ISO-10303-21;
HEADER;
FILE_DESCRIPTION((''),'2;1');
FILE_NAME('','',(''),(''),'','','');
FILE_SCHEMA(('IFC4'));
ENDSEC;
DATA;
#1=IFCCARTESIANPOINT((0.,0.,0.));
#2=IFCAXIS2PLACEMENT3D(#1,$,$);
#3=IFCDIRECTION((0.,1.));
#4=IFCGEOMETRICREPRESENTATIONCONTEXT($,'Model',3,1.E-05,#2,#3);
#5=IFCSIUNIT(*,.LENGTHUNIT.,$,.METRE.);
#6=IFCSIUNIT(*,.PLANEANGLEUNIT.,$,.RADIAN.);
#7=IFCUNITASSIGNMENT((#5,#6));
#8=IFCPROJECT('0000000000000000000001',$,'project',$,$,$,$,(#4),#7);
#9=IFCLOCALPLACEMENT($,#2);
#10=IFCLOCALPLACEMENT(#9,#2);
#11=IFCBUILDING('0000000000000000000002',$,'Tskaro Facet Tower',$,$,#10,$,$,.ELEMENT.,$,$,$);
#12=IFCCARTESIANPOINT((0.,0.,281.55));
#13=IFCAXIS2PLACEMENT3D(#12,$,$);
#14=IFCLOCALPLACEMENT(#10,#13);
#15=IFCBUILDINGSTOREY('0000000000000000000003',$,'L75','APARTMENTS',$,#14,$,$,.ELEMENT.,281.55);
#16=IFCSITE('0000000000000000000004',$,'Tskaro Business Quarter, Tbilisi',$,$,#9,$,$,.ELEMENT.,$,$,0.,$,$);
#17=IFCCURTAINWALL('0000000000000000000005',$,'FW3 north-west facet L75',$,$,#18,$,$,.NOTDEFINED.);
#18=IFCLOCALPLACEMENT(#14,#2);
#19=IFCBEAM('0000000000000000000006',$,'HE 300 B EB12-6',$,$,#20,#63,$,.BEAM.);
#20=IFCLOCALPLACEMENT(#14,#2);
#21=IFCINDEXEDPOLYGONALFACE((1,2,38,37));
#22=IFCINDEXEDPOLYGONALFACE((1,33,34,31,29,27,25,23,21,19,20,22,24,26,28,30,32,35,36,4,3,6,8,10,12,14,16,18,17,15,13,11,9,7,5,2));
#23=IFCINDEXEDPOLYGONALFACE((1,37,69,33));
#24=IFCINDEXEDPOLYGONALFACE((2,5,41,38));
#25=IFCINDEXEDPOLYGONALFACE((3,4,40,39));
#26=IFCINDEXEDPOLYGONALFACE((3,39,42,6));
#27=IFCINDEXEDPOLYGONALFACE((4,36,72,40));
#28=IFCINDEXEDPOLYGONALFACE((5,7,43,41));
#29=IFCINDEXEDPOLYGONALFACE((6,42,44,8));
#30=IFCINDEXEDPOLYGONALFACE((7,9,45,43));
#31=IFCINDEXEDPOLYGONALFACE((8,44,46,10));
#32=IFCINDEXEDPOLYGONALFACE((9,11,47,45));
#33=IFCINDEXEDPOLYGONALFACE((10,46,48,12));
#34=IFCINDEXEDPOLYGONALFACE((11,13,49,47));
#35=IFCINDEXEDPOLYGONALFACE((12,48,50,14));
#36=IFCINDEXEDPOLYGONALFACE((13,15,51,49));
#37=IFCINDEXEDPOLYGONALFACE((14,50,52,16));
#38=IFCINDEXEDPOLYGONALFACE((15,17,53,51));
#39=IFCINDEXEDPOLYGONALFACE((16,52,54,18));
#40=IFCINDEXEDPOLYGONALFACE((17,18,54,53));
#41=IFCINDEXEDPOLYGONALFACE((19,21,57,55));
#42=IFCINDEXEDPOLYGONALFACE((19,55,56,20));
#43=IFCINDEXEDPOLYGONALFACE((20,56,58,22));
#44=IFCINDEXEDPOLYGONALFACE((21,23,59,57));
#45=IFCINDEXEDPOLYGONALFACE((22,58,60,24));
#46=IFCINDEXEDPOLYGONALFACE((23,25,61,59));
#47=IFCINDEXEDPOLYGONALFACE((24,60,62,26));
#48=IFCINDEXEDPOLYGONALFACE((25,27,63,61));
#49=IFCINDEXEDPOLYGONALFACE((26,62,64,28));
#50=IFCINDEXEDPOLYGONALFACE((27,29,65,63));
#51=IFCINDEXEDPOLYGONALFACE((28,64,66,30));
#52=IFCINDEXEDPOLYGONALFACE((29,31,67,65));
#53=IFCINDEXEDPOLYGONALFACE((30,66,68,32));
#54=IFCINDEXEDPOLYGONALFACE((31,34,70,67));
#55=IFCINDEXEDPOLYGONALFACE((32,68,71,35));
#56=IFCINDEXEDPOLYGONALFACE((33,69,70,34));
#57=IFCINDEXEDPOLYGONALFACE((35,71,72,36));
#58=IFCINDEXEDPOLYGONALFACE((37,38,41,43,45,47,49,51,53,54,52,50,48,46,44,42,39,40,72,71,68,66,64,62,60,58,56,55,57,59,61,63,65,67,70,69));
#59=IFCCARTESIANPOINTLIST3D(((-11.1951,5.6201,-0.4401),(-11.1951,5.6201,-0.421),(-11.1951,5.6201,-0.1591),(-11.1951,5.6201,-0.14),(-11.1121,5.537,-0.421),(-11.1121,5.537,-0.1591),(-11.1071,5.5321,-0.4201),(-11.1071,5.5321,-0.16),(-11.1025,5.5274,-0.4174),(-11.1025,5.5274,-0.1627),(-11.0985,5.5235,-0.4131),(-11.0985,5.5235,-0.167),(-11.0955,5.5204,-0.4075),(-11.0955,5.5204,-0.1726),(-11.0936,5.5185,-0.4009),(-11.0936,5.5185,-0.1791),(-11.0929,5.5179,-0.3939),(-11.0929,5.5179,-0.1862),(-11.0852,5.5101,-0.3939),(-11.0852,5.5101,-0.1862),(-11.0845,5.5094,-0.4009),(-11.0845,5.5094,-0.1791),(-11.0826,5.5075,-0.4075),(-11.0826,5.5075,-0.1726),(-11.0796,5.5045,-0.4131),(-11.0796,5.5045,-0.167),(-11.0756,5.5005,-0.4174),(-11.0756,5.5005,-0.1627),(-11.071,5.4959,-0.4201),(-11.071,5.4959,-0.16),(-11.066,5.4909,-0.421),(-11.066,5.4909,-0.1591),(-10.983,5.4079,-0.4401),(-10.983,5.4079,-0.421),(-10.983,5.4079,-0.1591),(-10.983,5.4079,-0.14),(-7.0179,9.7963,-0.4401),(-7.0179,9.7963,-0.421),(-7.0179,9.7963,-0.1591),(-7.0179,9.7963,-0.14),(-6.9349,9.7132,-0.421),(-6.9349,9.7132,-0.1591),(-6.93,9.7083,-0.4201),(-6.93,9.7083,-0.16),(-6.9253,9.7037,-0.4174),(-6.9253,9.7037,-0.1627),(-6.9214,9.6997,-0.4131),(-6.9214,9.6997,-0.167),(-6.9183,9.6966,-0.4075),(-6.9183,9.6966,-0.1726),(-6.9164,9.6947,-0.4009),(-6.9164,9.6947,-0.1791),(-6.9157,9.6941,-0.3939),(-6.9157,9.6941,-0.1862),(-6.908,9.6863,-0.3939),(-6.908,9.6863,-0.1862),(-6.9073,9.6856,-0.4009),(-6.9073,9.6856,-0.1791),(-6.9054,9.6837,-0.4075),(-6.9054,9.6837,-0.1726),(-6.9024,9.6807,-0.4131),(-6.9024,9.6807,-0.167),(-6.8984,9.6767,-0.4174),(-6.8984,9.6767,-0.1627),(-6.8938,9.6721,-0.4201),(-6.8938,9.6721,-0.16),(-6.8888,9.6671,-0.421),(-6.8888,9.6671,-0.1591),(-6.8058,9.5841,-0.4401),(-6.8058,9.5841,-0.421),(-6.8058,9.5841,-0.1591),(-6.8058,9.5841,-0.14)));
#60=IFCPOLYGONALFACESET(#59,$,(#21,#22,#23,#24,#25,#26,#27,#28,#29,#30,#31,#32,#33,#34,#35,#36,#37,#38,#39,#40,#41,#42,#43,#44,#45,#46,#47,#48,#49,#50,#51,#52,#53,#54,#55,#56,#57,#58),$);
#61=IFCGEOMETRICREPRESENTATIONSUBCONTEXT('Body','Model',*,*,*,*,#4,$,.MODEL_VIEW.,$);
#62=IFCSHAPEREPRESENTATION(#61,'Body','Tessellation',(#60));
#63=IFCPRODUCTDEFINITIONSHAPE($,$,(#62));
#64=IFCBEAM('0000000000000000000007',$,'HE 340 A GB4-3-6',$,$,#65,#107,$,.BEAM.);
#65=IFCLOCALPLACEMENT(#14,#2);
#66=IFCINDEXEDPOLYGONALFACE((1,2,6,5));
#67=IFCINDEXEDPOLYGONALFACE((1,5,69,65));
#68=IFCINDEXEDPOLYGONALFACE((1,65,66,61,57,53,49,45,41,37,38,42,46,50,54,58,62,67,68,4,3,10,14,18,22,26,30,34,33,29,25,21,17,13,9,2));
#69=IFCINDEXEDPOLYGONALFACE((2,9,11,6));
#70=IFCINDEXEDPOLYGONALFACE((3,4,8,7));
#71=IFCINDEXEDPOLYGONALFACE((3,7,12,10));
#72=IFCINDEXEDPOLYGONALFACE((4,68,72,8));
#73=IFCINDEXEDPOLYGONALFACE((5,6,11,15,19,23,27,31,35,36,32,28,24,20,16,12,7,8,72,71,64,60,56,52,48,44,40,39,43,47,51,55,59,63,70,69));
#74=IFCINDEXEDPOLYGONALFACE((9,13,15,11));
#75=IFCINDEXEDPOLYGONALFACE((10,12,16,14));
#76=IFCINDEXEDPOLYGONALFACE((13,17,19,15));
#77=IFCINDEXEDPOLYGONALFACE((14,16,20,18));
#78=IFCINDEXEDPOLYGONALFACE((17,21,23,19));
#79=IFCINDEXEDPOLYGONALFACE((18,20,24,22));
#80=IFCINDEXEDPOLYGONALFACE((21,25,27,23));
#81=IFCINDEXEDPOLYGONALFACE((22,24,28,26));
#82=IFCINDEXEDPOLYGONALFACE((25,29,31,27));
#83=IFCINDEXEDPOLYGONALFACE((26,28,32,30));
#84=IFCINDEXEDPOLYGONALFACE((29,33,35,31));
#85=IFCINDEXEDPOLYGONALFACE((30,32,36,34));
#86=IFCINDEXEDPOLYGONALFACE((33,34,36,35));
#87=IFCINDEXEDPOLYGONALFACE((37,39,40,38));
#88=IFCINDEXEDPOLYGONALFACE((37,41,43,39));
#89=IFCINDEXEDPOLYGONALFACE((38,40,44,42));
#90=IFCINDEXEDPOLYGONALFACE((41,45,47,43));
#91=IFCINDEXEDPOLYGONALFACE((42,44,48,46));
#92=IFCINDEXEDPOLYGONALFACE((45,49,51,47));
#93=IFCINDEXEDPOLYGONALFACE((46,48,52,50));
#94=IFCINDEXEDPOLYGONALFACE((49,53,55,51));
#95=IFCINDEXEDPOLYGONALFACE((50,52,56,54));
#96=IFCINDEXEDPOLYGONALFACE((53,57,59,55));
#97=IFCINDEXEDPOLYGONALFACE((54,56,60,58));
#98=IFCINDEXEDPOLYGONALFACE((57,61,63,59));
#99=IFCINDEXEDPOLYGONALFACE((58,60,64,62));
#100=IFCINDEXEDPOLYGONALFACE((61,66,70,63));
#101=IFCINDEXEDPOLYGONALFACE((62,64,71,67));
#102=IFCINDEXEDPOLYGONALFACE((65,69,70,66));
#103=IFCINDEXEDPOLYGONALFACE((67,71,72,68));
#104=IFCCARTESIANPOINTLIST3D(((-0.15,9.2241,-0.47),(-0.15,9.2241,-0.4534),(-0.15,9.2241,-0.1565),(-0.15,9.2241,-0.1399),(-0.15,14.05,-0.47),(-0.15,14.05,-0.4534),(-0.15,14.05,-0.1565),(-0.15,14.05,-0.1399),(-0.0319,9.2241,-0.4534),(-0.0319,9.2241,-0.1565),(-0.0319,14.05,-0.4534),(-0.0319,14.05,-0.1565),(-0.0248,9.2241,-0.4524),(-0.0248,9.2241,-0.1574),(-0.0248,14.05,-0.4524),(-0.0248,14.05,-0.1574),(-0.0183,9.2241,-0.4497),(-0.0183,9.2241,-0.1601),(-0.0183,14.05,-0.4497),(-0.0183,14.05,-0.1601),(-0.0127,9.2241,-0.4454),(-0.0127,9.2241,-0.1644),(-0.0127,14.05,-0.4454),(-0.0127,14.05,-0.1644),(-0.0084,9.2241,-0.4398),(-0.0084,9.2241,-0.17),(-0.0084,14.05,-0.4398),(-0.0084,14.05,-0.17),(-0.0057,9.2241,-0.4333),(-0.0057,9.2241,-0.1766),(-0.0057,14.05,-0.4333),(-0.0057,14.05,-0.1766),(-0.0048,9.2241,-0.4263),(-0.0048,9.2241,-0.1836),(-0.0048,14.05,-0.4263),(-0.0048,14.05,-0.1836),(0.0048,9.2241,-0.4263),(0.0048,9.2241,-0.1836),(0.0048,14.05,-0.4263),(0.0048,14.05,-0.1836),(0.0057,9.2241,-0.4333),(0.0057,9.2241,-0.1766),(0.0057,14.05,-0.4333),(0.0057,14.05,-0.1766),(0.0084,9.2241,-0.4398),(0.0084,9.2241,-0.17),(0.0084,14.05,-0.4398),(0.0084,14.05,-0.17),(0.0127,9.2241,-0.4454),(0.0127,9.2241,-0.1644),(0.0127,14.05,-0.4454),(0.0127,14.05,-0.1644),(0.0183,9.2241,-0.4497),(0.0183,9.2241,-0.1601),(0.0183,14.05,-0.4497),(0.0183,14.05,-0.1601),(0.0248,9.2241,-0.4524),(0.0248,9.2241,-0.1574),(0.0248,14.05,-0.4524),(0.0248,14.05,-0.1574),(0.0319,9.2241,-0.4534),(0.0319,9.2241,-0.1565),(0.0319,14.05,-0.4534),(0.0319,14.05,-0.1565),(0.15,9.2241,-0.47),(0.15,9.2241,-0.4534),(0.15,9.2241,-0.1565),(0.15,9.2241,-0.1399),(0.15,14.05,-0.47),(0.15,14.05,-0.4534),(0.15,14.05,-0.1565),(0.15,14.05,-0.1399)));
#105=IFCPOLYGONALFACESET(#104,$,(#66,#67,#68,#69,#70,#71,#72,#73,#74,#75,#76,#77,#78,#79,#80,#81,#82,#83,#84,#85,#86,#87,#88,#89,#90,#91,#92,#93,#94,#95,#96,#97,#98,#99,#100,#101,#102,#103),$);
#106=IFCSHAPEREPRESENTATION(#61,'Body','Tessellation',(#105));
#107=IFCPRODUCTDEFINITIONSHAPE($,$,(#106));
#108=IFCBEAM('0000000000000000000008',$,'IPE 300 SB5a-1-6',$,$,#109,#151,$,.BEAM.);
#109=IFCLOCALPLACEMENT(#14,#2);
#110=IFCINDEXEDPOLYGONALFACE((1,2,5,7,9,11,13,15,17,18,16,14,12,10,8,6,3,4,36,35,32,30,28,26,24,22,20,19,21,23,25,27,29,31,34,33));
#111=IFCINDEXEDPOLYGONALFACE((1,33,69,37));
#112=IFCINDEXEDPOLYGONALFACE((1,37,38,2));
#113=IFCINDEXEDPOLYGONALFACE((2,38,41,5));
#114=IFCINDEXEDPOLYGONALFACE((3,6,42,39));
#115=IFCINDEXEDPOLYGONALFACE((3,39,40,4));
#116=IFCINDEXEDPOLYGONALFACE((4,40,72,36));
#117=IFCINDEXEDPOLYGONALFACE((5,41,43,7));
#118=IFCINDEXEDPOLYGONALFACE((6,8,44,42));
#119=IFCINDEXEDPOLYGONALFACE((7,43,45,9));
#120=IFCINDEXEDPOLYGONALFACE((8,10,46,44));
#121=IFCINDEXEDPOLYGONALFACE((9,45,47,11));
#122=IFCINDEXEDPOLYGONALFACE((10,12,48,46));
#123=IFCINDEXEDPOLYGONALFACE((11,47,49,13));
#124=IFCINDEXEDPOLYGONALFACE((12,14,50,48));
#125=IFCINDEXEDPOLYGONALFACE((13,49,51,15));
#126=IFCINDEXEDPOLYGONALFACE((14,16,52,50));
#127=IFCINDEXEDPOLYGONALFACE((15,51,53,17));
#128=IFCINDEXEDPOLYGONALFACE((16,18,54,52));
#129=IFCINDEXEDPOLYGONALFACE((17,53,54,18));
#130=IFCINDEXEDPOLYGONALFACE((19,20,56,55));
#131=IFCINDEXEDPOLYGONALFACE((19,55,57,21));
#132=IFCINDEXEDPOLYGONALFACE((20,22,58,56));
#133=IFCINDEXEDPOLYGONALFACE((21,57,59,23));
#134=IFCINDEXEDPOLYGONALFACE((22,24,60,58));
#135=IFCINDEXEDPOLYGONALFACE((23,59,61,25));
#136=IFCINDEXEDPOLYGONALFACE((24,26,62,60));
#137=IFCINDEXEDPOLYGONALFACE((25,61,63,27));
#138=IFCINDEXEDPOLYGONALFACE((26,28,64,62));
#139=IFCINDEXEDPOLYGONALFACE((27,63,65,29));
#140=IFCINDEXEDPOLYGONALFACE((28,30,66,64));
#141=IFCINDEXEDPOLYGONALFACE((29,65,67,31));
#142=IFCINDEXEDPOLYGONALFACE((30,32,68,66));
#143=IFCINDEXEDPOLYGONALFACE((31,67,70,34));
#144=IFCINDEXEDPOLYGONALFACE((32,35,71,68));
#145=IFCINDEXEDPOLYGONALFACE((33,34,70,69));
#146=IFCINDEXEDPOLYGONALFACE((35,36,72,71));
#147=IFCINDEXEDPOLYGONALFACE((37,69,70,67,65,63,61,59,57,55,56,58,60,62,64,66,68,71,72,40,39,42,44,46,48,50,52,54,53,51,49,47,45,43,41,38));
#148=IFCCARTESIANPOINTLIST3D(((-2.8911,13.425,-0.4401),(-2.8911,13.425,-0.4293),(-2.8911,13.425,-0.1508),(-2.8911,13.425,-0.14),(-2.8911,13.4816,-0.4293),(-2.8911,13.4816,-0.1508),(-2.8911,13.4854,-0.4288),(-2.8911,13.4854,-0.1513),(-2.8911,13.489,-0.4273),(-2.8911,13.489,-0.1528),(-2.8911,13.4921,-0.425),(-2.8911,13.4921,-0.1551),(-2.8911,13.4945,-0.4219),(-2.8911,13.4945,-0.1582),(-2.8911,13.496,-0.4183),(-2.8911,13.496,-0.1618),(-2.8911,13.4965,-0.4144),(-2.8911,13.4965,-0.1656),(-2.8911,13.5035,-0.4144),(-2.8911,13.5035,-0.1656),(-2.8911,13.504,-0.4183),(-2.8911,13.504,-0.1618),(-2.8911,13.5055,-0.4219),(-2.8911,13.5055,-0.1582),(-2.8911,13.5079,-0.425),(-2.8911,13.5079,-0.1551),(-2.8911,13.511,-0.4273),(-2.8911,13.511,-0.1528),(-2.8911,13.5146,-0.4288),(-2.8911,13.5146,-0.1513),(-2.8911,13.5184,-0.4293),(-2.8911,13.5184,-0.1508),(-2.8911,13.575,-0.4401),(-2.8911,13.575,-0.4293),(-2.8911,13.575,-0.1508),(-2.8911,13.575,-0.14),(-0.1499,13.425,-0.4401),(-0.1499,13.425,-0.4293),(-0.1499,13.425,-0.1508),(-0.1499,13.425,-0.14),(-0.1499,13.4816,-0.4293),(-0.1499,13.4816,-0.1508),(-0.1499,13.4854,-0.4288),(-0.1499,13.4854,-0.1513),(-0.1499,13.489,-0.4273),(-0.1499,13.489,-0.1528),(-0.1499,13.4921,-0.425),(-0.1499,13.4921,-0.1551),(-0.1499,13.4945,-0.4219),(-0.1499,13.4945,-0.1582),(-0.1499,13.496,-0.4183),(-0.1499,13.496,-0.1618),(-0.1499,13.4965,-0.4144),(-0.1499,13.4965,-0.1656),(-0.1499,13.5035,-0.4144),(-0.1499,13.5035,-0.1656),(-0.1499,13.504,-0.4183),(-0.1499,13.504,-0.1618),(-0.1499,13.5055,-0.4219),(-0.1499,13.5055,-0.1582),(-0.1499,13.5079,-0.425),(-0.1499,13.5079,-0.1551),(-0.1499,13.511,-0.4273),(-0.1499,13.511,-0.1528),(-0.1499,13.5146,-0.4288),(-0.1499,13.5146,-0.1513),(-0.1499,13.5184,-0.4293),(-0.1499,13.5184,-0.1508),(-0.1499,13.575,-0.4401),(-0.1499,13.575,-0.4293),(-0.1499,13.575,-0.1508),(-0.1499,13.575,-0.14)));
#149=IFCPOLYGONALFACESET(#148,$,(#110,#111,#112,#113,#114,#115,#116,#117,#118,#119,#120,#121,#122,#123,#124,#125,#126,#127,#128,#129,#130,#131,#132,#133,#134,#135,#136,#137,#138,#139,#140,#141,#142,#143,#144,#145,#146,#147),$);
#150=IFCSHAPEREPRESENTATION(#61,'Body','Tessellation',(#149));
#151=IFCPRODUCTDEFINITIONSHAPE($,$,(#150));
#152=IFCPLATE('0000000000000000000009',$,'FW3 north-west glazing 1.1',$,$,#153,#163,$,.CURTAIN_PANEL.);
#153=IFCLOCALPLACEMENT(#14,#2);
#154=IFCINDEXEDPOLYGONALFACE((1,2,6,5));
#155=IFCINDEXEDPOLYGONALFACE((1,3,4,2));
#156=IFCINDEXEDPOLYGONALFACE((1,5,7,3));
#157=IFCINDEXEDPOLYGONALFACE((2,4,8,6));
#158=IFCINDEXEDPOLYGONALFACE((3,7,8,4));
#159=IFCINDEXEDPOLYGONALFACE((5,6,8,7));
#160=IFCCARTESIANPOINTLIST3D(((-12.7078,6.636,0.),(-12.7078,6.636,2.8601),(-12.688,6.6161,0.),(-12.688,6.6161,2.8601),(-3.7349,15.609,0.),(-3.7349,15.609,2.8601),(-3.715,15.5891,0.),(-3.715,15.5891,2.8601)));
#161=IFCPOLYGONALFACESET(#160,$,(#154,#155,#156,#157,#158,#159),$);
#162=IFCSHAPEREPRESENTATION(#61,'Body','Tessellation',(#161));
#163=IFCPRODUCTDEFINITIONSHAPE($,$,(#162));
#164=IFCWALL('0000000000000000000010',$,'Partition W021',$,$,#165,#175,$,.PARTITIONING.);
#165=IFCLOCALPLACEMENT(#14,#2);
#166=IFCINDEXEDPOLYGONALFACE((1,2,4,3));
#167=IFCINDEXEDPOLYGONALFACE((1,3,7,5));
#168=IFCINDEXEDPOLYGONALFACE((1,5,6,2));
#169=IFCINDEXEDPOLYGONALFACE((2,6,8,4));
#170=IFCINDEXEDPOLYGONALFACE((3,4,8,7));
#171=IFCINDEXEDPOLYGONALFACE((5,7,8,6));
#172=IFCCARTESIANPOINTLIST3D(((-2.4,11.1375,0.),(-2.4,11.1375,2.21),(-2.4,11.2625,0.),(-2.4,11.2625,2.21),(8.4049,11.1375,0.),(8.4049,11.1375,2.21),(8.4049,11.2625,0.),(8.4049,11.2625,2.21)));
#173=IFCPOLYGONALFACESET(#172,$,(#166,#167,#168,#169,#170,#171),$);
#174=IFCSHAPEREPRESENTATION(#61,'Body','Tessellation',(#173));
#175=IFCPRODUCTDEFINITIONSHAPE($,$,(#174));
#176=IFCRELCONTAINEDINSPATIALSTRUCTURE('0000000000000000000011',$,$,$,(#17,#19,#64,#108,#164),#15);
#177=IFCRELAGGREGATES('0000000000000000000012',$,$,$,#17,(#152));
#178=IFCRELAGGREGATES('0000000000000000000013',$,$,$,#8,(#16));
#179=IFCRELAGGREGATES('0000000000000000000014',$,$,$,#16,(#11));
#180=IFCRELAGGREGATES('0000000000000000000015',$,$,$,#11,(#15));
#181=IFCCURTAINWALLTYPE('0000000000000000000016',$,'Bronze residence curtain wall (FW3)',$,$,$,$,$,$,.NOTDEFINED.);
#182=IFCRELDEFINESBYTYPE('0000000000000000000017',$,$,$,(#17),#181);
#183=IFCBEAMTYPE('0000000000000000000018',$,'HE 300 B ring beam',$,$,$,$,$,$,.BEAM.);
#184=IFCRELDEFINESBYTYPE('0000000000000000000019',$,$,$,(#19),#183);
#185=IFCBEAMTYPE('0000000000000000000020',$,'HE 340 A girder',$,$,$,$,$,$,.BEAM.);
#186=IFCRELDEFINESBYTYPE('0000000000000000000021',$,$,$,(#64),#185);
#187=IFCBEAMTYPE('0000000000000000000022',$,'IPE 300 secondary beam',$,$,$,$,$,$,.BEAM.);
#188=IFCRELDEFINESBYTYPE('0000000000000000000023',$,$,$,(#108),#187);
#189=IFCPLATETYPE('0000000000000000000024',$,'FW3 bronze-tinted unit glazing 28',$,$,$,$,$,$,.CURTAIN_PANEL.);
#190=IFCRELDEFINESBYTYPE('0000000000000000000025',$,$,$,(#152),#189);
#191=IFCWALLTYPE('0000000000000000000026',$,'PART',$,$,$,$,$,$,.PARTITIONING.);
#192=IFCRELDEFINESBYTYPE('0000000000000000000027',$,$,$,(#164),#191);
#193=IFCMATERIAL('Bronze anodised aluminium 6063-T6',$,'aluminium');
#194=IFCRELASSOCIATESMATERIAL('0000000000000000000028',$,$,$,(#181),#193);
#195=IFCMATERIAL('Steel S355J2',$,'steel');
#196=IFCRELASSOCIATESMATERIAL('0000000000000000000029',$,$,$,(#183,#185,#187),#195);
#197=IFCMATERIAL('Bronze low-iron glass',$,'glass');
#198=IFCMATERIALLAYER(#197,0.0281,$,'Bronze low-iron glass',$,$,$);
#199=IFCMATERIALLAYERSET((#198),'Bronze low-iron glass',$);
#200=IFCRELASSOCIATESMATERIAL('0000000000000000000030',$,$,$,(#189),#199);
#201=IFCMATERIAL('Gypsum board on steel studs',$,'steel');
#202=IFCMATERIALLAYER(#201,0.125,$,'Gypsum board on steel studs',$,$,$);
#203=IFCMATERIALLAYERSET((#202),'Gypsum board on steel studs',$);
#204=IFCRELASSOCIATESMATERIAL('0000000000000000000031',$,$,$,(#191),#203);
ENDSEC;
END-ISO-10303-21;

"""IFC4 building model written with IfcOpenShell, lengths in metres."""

from ifc_helpers import new_model, si_unit, direction, frame, frame_2d, origin, origin_2d, place, context, subcontext, project, spatial, rectangle, i_section, extrude, material, layer, layer_set, material_profile, profile_set, type_object, element, aggregate, save


model = new_model("IFC4")

# Units and contexts
model_context = context("Model", 3, precision=1e-05, world=origin(), true_north=direction((0.0, 1.0)))
body_context = subcontext(model_context, "Body", "Model", "MODEL_VIEW")
ifc_project = project(units=[si_unit("LENGTHUNIT", "METRE"), si_unit("PLANEANGLEUNIT", "RADIAN")], contexts=[model_context])

# Site, building, storey
site_placement = place(None, origin())
site = spatial("IfcSite", under=ifc_project, at=site_placement, Name="Tskaro Business Quarter, Tbilisi", CompositionType="ELEMENT", RefElevation=0.0)
building_placement = place(site_placement, origin())
building = spatial("IfcBuilding", under=site, at=building_placement, Name="Tskaro Facet Tower", CompositionType="ELEMENT")
storey_placement = place(building_placement, frame((0.0, 0.0, 281.55)))
storey = spatial("IfcBuildingStorey", under=building, at=storey_placement, Name="L75", Description="APARTMENTS", CompositionType="ELEMENT", Elevation=281.55)

# Shared definitions
ifc_material_1 = material(Name="Steel S355J2", Category="steel")

# Curtain wall
ifc_material_2 = material(Name="Bronze anodised aluminium 6063-T6", Category="aluminium")
curtain_wall_type = type_object("IfcCurtainWallType", Name="Bronze residence curtain wall (FW3)", PredefinedType="NOTDEFINED", material=ifc_material_2)
curtain_wall_1_placement = place(storey_placement, origin())
curtain_wall_1 = element("IfcCurtainWall", 1, at=curtain_wall_1_placement, inside=storey, type_object=curtain_wall_type, Name="FW3 north-west facet L75", PredefinedType="NOTDEFINED")

# Beams
ifc_material_profile_1 = material_profile(ifc_material_1, i_section(OverallWidth=0.3, OverallDepth=0.3, WebThickness=0.011, FlangeThickness=0.019, FilletRadius=0.0271, at=origin_2d()), Name="HE 300 B")
ifc_profile_set_1 = profile_set([ifc_material_profile_1], Name="Steel S355J2")
beam_type_1 = type_object("IfcBeamType", Name="HE 300 B ring beam", PredefinedType="BEAM", material=ifc_profile_set_1)
for number, where, z_axis, x_axis, name in (
    (2, (-6.9119, 9.6902, -0.29), (-0.707189, -0.707024, 0.0), (0.707024, -0.707189, 0.0), "HE 300 B EB12-6"),
):
    element("IfcBeam", number, at=place(storey_placement, frame(where, z_axis=z_axis, x_axis=x_axis)), inside=storey, type_object=beam_type_1, Name=name, PredefinedType="BEAM", context=body_context, shape_type="SweptSolid", body=[
        extrude(i_section(OverallWidth=0.3, OverallDepth=0.3, WebThickness=0.011, FlangeThickness=0.019, FilletRadius=0.0271, at=origin_2d()), origin(), (0.0, 0.0, 1.0), 5.9067),
    ])
ifc_material_profile_2 = material_profile(ifc_material_1, i_section(OverallWidth=0.3, OverallDepth=0.3301, WebThickness=0.0095, FlangeThickness=0.0166, FilletRadius=0.0271, at=origin_2d()), Name="HE 340 A")
ifc_profile_set_2 = profile_set([ifc_material_profile_2], Name="Steel S355J2")
beam_type_2 = type_object("IfcBeamType", Name="HE 340 A girder", PredefinedType="BEAM", material=ifc_profile_set_2)
beam_1_placement = place(storey_placement, frame((0.0, 9.2241, -0.3049), z_axis=(0.0, 1.0, 0.0), x_axis=(-1.0, 0.0, 0.0)))
element("IfcBeam", 3, at=beam_1_placement, inside=storey, type_object=beam_type_2, Name="HE 340 A GB4-3-6", PredefinedType="BEAM", context=body_context, shape_type="SweptSolid", body=[
    extrude(i_section(OverallWidth=0.3, OverallDepth=0.3301, WebThickness=0.0095, FlangeThickness=0.0166, FilletRadius=0.0271, at=origin_2d()), origin(), (0.0, 0.0, 1.0), 4.8259),
])
ifc_material_profile_3 = material_profile(ifc_material_1, i_section(OverallWidth=0.1499, OverallDepth=0.3, WebThickness=0.0071, FlangeThickness=0.0107, FilletRadius=0.0149, at=origin_2d()), Name="IPE 300")
ifc_profile_set_3 = profile_set([ifc_material_profile_3], Name="Steel S355J2")
beam_type_3 = type_object("IfcBeamType", Name="IPE 300 secondary beam", PredefinedType="BEAM", material=ifc_profile_set_3)
beam_2_placement = place(storey_placement, frame((-2.8911, 13.5, -0.29), z_axis=(1.0, 0.0, 0.0), x_axis=(0.0, 1.0, 0.0)))
element("IfcBeam", 4, at=beam_2_placement, inside=storey, type_object=beam_type_3, Name="IPE 300 SB5a-1-6", PredefinedType="BEAM", context=body_context, shape_type="SweptSolid", body=[
    extrude(i_section(OverallWidth=0.1499, OverallDepth=0.3, WebThickness=0.0071, FlangeThickness=0.0107, FilletRadius=0.0149, at=origin_2d()), origin(), (0.0, 0.0, 1.0), 2.7412),
])

# Plate
ifc_material_3 = material(Name="Bronze low-iron glass", Category="glass")
ifc_layer_1 = layer(ifc_material_3, 0.0281, Name="Bronze low-iron glass")
ifc_layer_set_1 = layer_set([ifc_layer_1], Name="Bronze low-iron glass")
plate_type = type_object("IfcPlateType", Name="FW3 bronze-tinted unit glazing 28", PredefinedType="CURTAIN_PANEL", material=ifc_layer_set_1)
plate_placement = place(storey_placement, frame((-8.2114, 11.1125, 0.0), z_axis=(0.0, 0.0, 1.0), x_axis=(-0.707107, -0.707107, 0.0)))
plate = element("IfcPlate", 5, at=plate_placement, type_object=plate_type, Name="FW3 north-west glazing 1.1", PredefinedType="CURTAIN_PANEL", context=body_context, shape_type="SweptSolid", body=[
    extrude(rectangle(XDim=12.6897, YDim=0.0281, at=origin_2d()), origin(), (0.0, 0.0, 1.0), 2.8601),
])
aggregate(curtain_wall_1, [plate])

# Wall
ifc_material_4 = material(Name="Gypsum board on steel studs", Category="steel")
ifc_layer_2 = layer(ifc_material_4, 0.125, Name="Gypsum board on steel studs")
ifc_layer_set_2 = layer_set([ifc_layer_2], Name="Gypsum board on steel studs")
wall_type_1 = type_object("IfcWallType", Name="PART", PredefinedType="PARTITIONING", material=ifc_layer_set_2)
wall_1_placement = place(storey_placement, frame((-2.3999, 11.2, 0.0), z_axis=(0.0, 0.0, 1.0), x_axis=(1.0, 0.0, 0.0)))
element("IfcWall", 6, at=wall_1_placement, inside=storey, type_object=wall_type_1, Name="Partition W021", PredefinedType="PARTITIONING", context=body_context, shape_type="SweptSolid", body=[
    extrude(rectangle(XDim=10.8049, YDim=0.125, at=frame_2d((5.4023, 0.0))), origin(), (0.0, 0.0, 1.0), 2.21),
])

save(model, "model.ifc")
